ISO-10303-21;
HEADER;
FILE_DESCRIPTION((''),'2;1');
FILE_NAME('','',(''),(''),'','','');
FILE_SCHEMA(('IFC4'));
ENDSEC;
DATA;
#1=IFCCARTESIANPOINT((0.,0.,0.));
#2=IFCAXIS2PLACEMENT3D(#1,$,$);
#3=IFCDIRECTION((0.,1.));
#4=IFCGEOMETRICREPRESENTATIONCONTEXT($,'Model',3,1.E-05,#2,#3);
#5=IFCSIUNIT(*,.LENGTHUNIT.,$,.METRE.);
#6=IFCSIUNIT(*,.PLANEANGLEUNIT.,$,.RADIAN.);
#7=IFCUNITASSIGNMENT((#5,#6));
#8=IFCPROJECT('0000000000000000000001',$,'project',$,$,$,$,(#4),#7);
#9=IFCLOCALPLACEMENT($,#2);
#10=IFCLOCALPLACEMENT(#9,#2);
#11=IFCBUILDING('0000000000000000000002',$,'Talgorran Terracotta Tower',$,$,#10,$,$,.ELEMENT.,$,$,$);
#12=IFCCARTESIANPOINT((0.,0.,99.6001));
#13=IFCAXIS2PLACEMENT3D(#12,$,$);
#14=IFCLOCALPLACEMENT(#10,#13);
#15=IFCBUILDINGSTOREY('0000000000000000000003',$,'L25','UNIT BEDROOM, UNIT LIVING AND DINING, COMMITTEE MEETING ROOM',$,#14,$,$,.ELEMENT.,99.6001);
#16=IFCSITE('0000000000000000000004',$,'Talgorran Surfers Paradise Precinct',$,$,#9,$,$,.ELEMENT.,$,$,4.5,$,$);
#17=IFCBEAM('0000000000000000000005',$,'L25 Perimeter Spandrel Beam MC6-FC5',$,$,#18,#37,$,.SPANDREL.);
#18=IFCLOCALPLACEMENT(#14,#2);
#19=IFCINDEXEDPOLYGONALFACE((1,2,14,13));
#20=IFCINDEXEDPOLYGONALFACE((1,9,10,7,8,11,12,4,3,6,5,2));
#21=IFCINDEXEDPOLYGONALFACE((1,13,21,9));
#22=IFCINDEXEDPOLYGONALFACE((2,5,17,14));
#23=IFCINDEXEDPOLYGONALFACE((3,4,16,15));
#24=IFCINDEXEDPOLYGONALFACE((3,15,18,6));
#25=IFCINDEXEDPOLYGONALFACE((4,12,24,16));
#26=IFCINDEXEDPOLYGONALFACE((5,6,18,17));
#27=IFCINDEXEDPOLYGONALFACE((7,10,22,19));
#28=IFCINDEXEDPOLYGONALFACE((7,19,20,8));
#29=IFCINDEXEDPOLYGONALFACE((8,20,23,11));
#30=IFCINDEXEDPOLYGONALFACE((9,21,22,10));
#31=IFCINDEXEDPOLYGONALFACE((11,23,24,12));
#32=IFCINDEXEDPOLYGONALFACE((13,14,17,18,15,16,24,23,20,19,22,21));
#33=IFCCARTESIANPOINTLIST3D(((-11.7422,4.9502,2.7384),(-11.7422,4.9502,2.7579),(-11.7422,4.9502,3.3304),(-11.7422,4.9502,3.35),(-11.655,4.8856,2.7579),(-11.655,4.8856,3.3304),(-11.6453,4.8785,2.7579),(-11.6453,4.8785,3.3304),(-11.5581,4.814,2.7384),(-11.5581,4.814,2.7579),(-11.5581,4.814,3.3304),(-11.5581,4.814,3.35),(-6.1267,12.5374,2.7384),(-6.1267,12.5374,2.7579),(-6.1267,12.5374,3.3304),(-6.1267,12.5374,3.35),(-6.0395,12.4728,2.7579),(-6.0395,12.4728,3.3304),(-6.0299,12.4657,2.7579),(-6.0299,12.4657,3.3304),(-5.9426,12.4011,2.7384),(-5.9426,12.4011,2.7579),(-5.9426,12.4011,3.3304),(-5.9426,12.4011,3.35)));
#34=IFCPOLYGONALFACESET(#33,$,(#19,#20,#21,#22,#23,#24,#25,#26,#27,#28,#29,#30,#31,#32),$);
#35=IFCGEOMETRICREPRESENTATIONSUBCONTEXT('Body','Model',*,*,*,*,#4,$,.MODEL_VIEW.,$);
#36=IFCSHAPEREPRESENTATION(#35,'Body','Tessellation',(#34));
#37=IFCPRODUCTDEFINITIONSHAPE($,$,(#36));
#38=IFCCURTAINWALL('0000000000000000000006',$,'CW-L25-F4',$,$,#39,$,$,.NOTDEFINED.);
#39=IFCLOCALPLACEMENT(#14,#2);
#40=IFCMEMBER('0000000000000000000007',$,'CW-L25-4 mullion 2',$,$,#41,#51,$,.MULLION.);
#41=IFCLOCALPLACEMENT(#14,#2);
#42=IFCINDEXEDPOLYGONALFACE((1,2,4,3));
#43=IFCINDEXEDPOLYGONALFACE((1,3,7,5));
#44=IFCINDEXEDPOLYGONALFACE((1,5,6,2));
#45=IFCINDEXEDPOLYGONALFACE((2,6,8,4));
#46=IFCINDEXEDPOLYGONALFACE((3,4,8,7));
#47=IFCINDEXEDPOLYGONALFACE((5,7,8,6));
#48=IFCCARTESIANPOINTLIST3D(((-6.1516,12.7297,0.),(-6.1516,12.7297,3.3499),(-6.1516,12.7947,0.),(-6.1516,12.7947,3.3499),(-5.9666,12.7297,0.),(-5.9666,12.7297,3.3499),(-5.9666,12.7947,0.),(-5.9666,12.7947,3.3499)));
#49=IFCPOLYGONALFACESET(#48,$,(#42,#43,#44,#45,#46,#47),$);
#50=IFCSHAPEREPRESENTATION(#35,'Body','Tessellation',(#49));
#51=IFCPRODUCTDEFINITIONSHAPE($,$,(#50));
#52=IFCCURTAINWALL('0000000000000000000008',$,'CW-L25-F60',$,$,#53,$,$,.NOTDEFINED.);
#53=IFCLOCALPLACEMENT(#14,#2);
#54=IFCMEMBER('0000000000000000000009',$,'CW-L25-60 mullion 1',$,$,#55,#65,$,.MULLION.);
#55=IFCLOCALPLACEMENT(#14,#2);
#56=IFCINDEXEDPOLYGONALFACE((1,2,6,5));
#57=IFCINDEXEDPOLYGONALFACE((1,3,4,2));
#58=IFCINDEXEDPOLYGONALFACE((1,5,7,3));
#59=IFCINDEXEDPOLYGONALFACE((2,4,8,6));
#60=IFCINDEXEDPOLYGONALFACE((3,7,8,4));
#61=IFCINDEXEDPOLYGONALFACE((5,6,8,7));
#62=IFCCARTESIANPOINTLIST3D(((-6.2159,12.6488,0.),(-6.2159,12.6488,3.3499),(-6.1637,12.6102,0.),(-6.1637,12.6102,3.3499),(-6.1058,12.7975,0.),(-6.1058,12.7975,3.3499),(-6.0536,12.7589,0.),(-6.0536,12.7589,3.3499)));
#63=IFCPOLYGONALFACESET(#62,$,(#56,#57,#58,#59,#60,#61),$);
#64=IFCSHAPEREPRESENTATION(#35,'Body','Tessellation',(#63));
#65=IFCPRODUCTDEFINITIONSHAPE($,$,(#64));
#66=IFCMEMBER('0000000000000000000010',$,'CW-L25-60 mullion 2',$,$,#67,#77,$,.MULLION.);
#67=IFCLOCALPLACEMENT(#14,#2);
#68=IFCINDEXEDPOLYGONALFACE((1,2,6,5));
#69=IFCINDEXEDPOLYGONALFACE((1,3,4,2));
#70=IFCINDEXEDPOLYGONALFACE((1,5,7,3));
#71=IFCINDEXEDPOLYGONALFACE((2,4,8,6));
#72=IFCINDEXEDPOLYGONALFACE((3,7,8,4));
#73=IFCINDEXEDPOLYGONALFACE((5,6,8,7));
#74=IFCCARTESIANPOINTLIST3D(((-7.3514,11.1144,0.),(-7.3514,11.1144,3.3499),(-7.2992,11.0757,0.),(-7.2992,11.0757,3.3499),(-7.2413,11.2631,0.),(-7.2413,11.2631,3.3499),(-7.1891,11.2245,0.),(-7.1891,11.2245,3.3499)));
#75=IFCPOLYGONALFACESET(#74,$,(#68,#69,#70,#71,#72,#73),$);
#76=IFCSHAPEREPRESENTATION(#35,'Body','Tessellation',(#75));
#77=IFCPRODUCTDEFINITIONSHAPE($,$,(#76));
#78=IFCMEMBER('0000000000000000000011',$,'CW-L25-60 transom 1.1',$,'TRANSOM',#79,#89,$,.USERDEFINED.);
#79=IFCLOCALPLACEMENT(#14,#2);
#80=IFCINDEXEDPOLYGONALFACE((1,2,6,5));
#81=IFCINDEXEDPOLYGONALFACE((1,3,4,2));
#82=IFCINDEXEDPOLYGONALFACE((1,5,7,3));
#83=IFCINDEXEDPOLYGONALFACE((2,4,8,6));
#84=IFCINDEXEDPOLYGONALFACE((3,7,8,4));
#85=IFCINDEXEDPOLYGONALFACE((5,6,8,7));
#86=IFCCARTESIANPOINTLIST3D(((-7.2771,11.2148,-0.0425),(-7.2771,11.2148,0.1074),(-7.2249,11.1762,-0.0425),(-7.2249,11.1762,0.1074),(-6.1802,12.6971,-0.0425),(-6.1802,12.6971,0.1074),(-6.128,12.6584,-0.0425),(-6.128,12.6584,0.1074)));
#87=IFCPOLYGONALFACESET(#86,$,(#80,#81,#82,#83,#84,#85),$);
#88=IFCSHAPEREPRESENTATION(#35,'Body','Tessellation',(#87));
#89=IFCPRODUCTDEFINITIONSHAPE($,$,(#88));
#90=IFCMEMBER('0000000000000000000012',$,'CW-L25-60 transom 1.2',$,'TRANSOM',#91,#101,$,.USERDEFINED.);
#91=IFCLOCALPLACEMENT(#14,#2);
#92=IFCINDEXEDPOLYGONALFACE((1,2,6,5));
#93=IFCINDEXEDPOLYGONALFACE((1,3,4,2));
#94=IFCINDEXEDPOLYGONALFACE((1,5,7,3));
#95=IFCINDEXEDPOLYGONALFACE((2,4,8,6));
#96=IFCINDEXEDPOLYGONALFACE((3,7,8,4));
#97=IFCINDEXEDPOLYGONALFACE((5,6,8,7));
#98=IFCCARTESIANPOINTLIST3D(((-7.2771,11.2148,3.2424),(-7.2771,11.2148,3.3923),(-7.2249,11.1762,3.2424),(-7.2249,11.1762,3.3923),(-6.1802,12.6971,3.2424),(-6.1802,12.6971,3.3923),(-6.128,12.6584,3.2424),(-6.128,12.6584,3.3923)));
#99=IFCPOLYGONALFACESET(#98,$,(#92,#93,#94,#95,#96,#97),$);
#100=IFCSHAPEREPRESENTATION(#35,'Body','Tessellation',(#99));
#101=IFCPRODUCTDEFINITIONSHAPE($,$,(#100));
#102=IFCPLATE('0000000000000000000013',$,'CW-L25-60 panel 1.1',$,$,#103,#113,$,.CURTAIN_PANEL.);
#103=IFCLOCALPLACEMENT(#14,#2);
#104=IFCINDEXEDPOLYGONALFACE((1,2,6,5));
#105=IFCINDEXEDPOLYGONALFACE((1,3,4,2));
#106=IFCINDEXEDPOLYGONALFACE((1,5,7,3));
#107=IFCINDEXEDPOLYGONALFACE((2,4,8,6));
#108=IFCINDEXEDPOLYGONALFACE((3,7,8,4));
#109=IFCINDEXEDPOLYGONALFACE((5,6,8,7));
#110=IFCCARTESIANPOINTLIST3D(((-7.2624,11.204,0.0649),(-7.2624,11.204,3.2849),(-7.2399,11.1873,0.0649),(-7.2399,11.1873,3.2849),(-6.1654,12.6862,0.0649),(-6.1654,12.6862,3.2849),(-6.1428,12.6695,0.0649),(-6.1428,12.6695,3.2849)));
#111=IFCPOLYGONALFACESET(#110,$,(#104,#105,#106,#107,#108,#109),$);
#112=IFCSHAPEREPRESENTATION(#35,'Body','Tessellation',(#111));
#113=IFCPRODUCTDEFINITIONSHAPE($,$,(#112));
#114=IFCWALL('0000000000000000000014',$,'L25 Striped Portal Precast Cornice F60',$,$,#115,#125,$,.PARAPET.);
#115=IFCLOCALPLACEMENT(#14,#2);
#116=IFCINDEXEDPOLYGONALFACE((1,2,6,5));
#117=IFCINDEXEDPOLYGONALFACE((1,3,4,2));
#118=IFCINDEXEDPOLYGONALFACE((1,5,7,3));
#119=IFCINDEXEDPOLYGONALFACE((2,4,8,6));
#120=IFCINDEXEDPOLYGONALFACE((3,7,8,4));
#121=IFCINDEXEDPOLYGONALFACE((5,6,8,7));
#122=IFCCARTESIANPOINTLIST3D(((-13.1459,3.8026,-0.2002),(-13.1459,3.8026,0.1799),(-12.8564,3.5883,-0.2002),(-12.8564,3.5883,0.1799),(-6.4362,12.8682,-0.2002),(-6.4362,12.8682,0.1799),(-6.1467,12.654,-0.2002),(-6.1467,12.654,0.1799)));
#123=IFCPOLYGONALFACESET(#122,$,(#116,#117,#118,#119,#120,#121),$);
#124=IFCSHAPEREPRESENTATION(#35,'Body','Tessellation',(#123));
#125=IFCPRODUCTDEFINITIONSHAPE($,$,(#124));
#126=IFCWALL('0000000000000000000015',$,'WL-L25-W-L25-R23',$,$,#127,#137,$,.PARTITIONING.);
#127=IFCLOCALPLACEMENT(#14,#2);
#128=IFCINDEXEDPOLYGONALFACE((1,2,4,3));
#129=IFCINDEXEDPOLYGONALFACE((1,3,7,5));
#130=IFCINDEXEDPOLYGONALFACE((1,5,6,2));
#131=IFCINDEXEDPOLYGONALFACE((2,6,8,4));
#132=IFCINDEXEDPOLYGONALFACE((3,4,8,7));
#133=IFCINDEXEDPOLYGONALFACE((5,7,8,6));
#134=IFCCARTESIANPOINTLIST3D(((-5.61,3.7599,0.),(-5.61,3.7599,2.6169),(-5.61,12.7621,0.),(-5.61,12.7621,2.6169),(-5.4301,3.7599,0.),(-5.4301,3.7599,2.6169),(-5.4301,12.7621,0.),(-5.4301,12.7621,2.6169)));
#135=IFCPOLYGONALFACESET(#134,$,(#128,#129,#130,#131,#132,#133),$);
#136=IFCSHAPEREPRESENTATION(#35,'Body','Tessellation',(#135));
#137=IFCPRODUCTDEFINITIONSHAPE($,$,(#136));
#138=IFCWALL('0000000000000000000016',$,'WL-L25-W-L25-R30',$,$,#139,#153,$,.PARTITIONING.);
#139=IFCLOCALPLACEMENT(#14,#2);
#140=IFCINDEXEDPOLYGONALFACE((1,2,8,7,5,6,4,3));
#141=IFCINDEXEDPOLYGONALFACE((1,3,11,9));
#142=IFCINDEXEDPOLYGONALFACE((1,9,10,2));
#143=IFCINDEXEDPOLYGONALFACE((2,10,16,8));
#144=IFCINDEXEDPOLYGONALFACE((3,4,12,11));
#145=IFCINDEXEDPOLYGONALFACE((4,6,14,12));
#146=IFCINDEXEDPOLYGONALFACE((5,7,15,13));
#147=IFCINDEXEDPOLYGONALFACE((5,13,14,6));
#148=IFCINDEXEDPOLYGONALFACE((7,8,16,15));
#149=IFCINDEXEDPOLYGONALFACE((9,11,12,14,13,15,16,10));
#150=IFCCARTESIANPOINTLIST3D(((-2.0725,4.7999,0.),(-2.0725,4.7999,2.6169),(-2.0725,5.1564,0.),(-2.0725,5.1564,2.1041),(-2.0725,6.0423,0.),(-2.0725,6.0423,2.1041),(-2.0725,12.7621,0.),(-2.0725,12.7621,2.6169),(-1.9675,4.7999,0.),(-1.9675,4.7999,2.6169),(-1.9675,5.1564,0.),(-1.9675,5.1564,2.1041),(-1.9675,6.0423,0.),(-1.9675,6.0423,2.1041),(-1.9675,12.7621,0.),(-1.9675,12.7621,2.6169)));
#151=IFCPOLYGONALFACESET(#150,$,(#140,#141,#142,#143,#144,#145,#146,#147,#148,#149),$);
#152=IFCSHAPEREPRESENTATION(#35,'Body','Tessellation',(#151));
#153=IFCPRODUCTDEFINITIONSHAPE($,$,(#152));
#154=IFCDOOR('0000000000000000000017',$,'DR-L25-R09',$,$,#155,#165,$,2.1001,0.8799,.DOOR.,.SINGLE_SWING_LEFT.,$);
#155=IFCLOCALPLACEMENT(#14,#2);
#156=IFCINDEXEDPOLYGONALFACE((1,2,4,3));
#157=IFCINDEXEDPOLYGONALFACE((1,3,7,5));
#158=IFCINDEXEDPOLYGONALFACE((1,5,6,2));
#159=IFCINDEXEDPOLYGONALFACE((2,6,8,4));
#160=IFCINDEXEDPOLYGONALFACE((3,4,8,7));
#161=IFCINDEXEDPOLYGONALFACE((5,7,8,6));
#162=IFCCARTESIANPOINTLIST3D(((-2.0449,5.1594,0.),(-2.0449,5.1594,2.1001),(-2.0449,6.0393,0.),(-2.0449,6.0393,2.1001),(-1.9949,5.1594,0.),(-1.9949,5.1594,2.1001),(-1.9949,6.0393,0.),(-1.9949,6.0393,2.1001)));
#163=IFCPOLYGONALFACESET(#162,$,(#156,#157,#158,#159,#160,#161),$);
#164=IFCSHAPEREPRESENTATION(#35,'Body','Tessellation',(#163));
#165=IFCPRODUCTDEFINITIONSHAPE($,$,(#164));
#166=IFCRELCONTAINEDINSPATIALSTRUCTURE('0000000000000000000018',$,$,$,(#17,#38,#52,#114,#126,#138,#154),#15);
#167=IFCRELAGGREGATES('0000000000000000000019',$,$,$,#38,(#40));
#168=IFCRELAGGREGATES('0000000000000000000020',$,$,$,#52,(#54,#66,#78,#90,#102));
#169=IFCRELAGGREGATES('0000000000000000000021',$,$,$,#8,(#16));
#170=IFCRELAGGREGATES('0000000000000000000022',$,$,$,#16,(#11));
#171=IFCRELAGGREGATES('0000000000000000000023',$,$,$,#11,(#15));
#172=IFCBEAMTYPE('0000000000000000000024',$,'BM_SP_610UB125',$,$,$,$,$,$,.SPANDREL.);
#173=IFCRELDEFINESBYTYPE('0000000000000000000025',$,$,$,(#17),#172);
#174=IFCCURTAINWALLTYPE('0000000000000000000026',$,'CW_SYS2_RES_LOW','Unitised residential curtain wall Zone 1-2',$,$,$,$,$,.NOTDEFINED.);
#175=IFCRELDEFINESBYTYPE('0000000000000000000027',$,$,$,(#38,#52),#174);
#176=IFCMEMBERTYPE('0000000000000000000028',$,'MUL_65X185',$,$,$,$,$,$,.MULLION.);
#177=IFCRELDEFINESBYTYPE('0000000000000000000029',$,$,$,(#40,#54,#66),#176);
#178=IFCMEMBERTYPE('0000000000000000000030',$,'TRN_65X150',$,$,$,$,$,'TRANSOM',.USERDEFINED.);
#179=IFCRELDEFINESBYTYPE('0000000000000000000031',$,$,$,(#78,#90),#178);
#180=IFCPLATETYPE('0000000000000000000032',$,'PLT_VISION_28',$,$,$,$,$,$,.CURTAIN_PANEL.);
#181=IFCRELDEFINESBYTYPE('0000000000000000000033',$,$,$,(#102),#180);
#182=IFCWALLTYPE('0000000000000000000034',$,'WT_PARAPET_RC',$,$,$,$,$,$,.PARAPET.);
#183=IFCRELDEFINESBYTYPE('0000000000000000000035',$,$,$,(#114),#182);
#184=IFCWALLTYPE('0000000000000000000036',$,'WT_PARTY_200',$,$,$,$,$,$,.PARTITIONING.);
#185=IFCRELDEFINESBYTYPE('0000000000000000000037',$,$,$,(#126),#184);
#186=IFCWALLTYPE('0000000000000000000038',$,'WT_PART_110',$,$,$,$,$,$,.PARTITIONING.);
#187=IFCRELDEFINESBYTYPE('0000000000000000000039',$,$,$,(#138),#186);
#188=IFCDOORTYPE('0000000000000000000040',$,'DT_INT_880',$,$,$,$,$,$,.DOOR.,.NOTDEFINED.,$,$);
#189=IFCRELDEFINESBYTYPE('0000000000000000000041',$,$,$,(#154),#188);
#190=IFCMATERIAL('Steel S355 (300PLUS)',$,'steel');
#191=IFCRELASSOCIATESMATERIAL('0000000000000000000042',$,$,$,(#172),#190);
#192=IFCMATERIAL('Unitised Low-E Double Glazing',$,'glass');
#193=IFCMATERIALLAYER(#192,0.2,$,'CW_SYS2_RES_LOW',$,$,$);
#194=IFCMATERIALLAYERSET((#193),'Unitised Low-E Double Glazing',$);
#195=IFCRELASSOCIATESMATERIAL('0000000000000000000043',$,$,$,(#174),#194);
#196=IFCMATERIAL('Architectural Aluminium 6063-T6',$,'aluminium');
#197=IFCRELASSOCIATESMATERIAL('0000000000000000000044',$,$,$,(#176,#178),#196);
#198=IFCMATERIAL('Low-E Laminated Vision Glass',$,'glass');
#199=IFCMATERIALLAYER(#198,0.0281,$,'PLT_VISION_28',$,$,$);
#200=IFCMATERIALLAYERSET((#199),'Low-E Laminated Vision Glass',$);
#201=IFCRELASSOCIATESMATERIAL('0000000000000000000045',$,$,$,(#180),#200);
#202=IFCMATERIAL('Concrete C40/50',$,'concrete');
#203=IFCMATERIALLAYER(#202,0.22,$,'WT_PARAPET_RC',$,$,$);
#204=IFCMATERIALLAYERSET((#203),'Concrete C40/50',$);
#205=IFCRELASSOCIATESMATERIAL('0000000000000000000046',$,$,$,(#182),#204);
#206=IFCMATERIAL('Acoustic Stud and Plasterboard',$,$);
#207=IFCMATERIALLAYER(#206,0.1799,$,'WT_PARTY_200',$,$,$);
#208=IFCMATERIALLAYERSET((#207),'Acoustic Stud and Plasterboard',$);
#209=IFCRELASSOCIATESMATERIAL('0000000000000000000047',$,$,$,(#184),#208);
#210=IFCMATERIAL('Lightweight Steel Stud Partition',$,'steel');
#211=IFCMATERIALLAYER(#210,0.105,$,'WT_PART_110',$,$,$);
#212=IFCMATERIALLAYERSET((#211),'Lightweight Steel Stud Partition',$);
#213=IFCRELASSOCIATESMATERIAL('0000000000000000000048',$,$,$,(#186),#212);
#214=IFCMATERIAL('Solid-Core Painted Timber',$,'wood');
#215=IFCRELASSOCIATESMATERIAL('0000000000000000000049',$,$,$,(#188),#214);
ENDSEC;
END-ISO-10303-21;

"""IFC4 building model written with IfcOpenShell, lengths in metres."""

from ifc_helpers import new_model, si_unit, direction, frame, frame_2d, origin, origin_2d, place, context, subcontext, project, spatial, rectangle, i_section, extrude, source, transform, mapped, material, layer, layer_set, material_profile, profile_set, type_object, type_shapes, element, fill, aggregate, save


model = new_model("IFC4")

# Units and contexts
model_context = context("Model", 3, precision=1e-05, world=origin(), true_north=direction((0.0, 1.0)))
body_context = subcontext(model_context, "Body", "Model", "MODEL_VIEW")
ifc_project = project(units=[si_unit("LENGTHUNIT", "METRE"), si_unit("PLANEANGLEUNIT", "RADIAN")], contexts=[model_context])

# Site, building, storey
site_placement = place(None, origin())
site = spatial("IfcSite", under=ifc_project, at=site_placement, Name="Talgorran Surfers Paradise Precinct", CompositionType="ELEMENT", RefElevation=4.5)
building_placement = place(site_placement, origin())
building = spatial("IfcBuilding", under=site, at=building_placement, Name="Talgorran Terracotta Tower", CompositionType="ELEMENT")
storey_placement = place(building_placement, frame((0.0, 0.0, 99.6001)))
storey = spatial("IfcBuildingStorey", under=building, at=storey_placement, Name="L25", Description="UNIT BEDROOM, UNIT LIVING AND DINING, COMMITTEE MEETING ROOM", CompositionType="ELEMENT", Elevation=99.6001)

# Shared definitions
ifc_material_1 = material(Name="Steel S355 (300PLUS)", Category="steel")

# Beam
ifc_material_profile_1 = material_profile(ifc_material_1, i_section(OverallWidth=0.229, OverallDepth=0.6116, WebThickness=0.012, FlangeThickness=0.0195, at=origin_2d()), Name="610UB125")
ifc_profile_set_1 = profile_set([ifc_material_profile_1], Name="Steel S355 (300PLUS)")
beam_type_1 = type_object("IfcBeamType", Name="BM_SP_610UB125", PredefinedType="SPANDREL", material=ifc_profile_set_1)
beam_1_placement = place(storey_placement, frame((-6.0347, 12.4692, 3.0442), z_axis=(-0.59491, -0.803792, 0.0), x_axis=(0.803792, -0.59491, 0.0)))
element("IfcBeam", 1, at=beam_1_placement, inside=storey, type_object=beam_type_1, Name="L25 Perimeter Spandrel Beam MC6-FC5", PredefinedType="SPANDREL", context=body_context, shape_type="SweptSolid", body=[
    extrude(i_section(OverallWidth=0.229, OverallDepth=0.6116, WebThickness=0.012, FlangeThickness=0.0195, at=origin_2d()), origin(), (0.0, 0.0, 1.0), 9.4392),
])

# Curtain wall, member
ifc_material_2 = material(Name="Unitised Low-E Double Glazing", Category="glass")
ifc_layer_1 = layer(ifc_material_2, 0.2, Name="CW_SYS2_RES_LOW")
ifc_layer_set_1 = layer_set([ifc_layer_1], Name="Unitised Low-E Double Glazing")
curtain_wall_type = type_object("IfcCurtainWallType", Name="CW_SYS2_RES_LOW", Description="Unitised residential curtain wall Zone 1-2", PredefinedType="NOTDEFINED", material=ifc_layer_set_1)
curtain_wall_1_placement = place(storey_placement, origin())
curtain_wall_1 = element("IfcCurtainWall", 2, at=curtain_wall_1_placement, inside=storey, type_object=curtain_wall_type, Name="CW-L25-F4", PredefinedType="NOTDEFINED")
ifc_material_3 = material(Name="Architectural Aluminium 6063-T6", Category="aluminium")
ifc_material_profile_2 = material_profile(ifc_material_3, rectangle(XDim=0.0649, YDim=0.1851, at=origin_2d()), Name="CWM65X185")
ifc_profile_set_2 = profile_set([ifc_material_profile_2], Name="Architectural Aluminium 6063-T6")
member_type_1 = type_object("IfcMemberType", Name="MUL_65X185", PredefinedType="MULLION", material=ifc_profile_set_2)
member_1_placement = place(storey_placement, frame((-6.0591, 12.7622, 0.0), z_axis=(0.0, 0.0, 1.0), x_axis=(0.0, -1.0, 0.0)))
member_1 = element("IfcMember", 3, at=member_1_placement, type_object=member_type_1, Name="CW-L25-4 mullion 2", PredefinedType="MULLION", context=body_context, shape_type="SweptSolid", body=[
    extrude(rectangle(XDim=0.0649, YDim=0.1851, at=origin_2d()), origin(), (0.0, 0.0, 1.0), 3.3499),
])
aggregate(curtain_wall_1, [member_1])

# Curtain wall, members, plate
curtain_wall_2_placement = place(storey_placement, origin())
curtain_wall_2 = element("IfcCurtainWall", 4, at=curtain_wall_2_placement, inside=storey, type_object=curtain_wall_type, Name="CW-L25-F60", PredefinedType="NOTDEFINED")
member_2_placement = place(storey_placement, frame((-6.1348, 12.7039, 0.0), z_axis=(0.0, 0.0, 1.0), x_axis=(0.80379, -0.594914, 0.0)))
member_2 = element("IfcMember", 5, at=member_2_placement, type_object=member_type_1, Name="CW-L25-60 mullion 1", PredefinedType="MULLION", context=body_context, shape_type="SweptSolid", body=[
    extrude(rectangle(XDim=0.0649, YDim=0.1851, at=origin_2d()), origin(), (0.0, 0.0, 1.0), 3.3499),
])
member_3_placement = place(storey_placement, frame((-7.2703, 11.1694, 0.0), z_axis=(0.0, 0.0, 1.0), x_axis=(0.80379, -0.594914, 0.0)))
member_3 = element("IfcMember", 6, at=member_3_placement, type_object=member_type_1, Name="CW-L25-60 mullion 2", PredefinedType="MULLION", context=body_context, shape_type="SweptSolid", body=[
    extrude(rectangle(XDim=0.0649, YDim=0.1851, at=origin_2d()), origin(), (0.0, 0.0, 1.0), 3.3499),
])
ifc_material_profile_3 = material_profile(ifc_material_3, rectangle(XDim=0.0649, YDim=0.1499, at=origin_2d()), Name="CWT65X150")
ifc_profile_set_3 = profile_set([ifc_material_profile_3], Name="Architectural Aluminium 6063-T6")
member_type_2 = type_object("IfcMemberType", Name="TRN_65X150", ElementType="TRANSOM", PredefinedType="USERDEFINED", material=ifc_profile_set_3)
member_4_placement = place(storey_placement, frame((-6.1541, 12.6777, 0.0325), z_axis=(-0.594882, -0.803813, 0.0), x_axis=(0.803813, -0.594882, 0.0)))
member_4 = element("IfcMember", 7, at=member_4_placement, type_object=member_type_2, Name="CW-L25-60 transom 1.1", ObjectType="TRANSOM", PredefinedType="USERDEFINED", context=body_context, shape_type="SweptSolid", body=[
    extrude(rectangle(XDim=0.0649, YDim=0.1499, at=origin_2d()), origin(), (0.0, 0.0, 1.0), 1.844),
])
member_5_placement = place(storey_placement, frame((-6.1541, 12.6777, 3.3174), z_axis=(-0.594882, -0.803813, 0.0), x_axis=(0.803813, -0.594882, 0.0)))
member_5 = element("IfcMember", 8, at=member_5_placement, type_object=member_type_2, Name="CW-L25-60 transom 1.2", ObjectType="TRANSOM", PredefinedType="USERDEFINED", context=body_context, shape_type="SweptSolid", body=[
    extrude(rectangle(XDim=0.0649, YDim=0.1499, at=origin_2d()), origin(), (0.0, 0.0, 1.0), 1.844),
])
ifc_material_4 = material(Name="Low-E Laminated Vision Glass", Category="glass")
ifc_layer_2 = layer(ifc_material_4, 0.0281, Name="PLT_VISION_28")
ifc_layer_set_2 = layer_set([ifc_layer_2], Name="Low-E Laminated Vision Glass")
plate_type = type_object("IfcPlateType", Name="PLT_VISION_28", PredefinedType="CURTAIN_PANEL", material=ifc_layer_set_2)
shared_shape = source(origin(), body_context, "Body", "SweptSolid", [
    extrude(rectangle(XDim=1.844, YDim=0.0281, at=origin_2d()), origin(), (0.0, 0.0, 1.0), 3.22),
])
type_shapes(plate_type, [shared_shape])
plate_placement = place(storey_placement, frame((-6.7026, 11.9368, 0.0649), z_axis=(0.0, 0.0, 1.0), x_axis=(-0.594914, -0.80379, 0.0)))
plate = element("IfcPlate", 9, at=plate_placement, type_object=plate_type, Name="CW-L25-60 panel 1.1", PredefinedType="CURTAIN_PANEL", context=body_context, shape_type="MappedRepresentation", body=[
    mapped(shared_shape, transform((0.0, 0.0, 0.0), scale=1.0)),
])
aggregate(curtain_wall_2, [member_2, member_3, member_4, member_5, plate])

# Walls
ifc_material_5 = material(Name="Concrete C40/50", Category="concrete")
ifc_layer_3 = layer(ifc_material_5, 0.22, Name="WT_PARAPET_RC")
ifc_layer_set_3 = layer_set([ifc_layer_3], Name="Concrete C40/50")
wall_type_1 = type_object("IfcWallType", Name="WT_PARAPET_RC", PredefinedType="PARAPET", material=ifc_layer_set_3)
wall_1_placement = place(storey_placement, frame((-6.2915, 12.761, -0.2002), z_axis=(0.0, 0.0, 1.0), x_axis=(-0.594907, -0.803794, 0.0)))
element("IfcWall", 10, at=wall_1_placement, inside=storey, type_object=wall_type_1, Name="L25 Striped Portal Precast Cornice F60", PredefinedType="PARAPET", context=body_context, shape_type="SweptSolid", body=[
    extrude(rectangle(XDim=11.2786, YDim=0.3601, at=frame_2d((5.6392, 0.0))), origin(), (0.0, 0.0, 1.0), 0.3801),
])
ifc_material_6 = material(Name="Acoustic Stud and Plasterboard")
ifc_layer_4 = layer(ifc_material_6, 0.1799, Name="WT_PARTY_200")
ifc_layer_set_4 = layer_set([ifc_layer_4], Name="Acoustic Stud and Plasterboard")
wall_type_2 = type_object("IfcWallType", Name="WT_PARTY_200", PredefinedType="PARTITIONING", material=ifc_layer_set_4)
wall_2_placement = place(storey_placement, frame((-5.52, 3.76, 0.0), z_axis=(0.0, 0.0, 1.0), x_axis=(0.0, 1.0, 0.0)))
element("IfcWall", 11, at=wall_2_placement, inside=storey, type_object=wall_type_2, Name="WL-L25-W-L25-R23", PredefinedType="PARTITIONING", context=body_context, shape_type="SweptSolid", body=[
    extrude(rectangle(XDim=9.0022, YDim=0.1799, at=frame_2d((4.501, 0.0))), origin(), (0.0, 0.0, 1.0), 2.6169),
])

# Wall, opening, door
ifc_material_7 = material(Name="Lightweight Steel Stud Partition", Category="steel")
ifc_layer_5 = layer(ifc_material_7, 0.105, Name="WT_PART_110")
ifc_layer_set_5 = layer_set([ifc_layer_5], Name="Lightweight Steel Stud Partition")
wall_type_3 = type_object("IfcWallType", Name="WT_PART_110", PredefinedType="PARTITIONING", material=ifc_layer_set_5)
wall_3_placement = place(storey_placement, frame((-2.02, 4.8, 0.0), z_axis=(0.0, 0.0, 1.0), x_axis=(0.0, 1.0, 0.0)))
wall_3 = element("IfcWall", 12, at=wall_3_placement, inside=storey, type_object=wall_type_3, Name="WL-L25-W-L25-R30", PredefinedType="PARTITIONING", context=body_context, shape_type="SweptSolid", body=[
    extrude(rectangle(XDim=7.9622, YDim=0.105, at=frame_2d((3.981, 0.0))), origin(), (0.0, 0.0, 1.0), 2.6169),
])
opening_1_placement = place(wall_3_placement, frame((0.3594, 0.0, 0.0)))
opening_1 = element("IfcOpeningElement", 13, at=opening_1_placement, cuts=wall_3, PredefinedType="OPENING", context=body_context, shape_type="SweptSolid", body=[
    extrude(rectangle(XDim=0.8859, YDim=2.1041, at=frame_2d((0.4399, 1.052))), frame((0.0, 0.0625, 0.0), z_axis=(0.0, -1.0, 0.0), x_axis=(1.0, 0.0, 0.0)), (0.0, 0.0, 1.0), 0.125),
])
ifc_material_8 = material(Name="Solid-Core Painted Timber", Category="wood")
door_type = type_object("IfcDoorType", Name="DT_INT_880", OperationType="NOTDEFINED", PredefinedType="DOOR", material=ifc_material_8)
door_1_placement = place(opening_1_placement, origin())
door_1 = element("IfcDoor", 14, at=door_1_placement, inside=storey, type_object=door_type, Name="DR-L25-R09", OperationType="SINGLE_SWING_LEFT", OverallHeight=2.1001, OverallWidth=0.8799, PredefinedType="DOOR", context=body_context, shape_type="SweptSolid", body=[
    extrude(rectangle(XDim=0.8799, YDim=2.1001, at=frame_2d((0.4399, 1.05))), frame((0.0, 0.0249, 0.0), z_axis=(0.0, -1.0, 0.0), x_axis=(1.0, 0.0, 0.0)), (0.0, 0.0, 1.0), 0.05),
])
fill(opening_1, door_1)

save(model, "model.ifc")
